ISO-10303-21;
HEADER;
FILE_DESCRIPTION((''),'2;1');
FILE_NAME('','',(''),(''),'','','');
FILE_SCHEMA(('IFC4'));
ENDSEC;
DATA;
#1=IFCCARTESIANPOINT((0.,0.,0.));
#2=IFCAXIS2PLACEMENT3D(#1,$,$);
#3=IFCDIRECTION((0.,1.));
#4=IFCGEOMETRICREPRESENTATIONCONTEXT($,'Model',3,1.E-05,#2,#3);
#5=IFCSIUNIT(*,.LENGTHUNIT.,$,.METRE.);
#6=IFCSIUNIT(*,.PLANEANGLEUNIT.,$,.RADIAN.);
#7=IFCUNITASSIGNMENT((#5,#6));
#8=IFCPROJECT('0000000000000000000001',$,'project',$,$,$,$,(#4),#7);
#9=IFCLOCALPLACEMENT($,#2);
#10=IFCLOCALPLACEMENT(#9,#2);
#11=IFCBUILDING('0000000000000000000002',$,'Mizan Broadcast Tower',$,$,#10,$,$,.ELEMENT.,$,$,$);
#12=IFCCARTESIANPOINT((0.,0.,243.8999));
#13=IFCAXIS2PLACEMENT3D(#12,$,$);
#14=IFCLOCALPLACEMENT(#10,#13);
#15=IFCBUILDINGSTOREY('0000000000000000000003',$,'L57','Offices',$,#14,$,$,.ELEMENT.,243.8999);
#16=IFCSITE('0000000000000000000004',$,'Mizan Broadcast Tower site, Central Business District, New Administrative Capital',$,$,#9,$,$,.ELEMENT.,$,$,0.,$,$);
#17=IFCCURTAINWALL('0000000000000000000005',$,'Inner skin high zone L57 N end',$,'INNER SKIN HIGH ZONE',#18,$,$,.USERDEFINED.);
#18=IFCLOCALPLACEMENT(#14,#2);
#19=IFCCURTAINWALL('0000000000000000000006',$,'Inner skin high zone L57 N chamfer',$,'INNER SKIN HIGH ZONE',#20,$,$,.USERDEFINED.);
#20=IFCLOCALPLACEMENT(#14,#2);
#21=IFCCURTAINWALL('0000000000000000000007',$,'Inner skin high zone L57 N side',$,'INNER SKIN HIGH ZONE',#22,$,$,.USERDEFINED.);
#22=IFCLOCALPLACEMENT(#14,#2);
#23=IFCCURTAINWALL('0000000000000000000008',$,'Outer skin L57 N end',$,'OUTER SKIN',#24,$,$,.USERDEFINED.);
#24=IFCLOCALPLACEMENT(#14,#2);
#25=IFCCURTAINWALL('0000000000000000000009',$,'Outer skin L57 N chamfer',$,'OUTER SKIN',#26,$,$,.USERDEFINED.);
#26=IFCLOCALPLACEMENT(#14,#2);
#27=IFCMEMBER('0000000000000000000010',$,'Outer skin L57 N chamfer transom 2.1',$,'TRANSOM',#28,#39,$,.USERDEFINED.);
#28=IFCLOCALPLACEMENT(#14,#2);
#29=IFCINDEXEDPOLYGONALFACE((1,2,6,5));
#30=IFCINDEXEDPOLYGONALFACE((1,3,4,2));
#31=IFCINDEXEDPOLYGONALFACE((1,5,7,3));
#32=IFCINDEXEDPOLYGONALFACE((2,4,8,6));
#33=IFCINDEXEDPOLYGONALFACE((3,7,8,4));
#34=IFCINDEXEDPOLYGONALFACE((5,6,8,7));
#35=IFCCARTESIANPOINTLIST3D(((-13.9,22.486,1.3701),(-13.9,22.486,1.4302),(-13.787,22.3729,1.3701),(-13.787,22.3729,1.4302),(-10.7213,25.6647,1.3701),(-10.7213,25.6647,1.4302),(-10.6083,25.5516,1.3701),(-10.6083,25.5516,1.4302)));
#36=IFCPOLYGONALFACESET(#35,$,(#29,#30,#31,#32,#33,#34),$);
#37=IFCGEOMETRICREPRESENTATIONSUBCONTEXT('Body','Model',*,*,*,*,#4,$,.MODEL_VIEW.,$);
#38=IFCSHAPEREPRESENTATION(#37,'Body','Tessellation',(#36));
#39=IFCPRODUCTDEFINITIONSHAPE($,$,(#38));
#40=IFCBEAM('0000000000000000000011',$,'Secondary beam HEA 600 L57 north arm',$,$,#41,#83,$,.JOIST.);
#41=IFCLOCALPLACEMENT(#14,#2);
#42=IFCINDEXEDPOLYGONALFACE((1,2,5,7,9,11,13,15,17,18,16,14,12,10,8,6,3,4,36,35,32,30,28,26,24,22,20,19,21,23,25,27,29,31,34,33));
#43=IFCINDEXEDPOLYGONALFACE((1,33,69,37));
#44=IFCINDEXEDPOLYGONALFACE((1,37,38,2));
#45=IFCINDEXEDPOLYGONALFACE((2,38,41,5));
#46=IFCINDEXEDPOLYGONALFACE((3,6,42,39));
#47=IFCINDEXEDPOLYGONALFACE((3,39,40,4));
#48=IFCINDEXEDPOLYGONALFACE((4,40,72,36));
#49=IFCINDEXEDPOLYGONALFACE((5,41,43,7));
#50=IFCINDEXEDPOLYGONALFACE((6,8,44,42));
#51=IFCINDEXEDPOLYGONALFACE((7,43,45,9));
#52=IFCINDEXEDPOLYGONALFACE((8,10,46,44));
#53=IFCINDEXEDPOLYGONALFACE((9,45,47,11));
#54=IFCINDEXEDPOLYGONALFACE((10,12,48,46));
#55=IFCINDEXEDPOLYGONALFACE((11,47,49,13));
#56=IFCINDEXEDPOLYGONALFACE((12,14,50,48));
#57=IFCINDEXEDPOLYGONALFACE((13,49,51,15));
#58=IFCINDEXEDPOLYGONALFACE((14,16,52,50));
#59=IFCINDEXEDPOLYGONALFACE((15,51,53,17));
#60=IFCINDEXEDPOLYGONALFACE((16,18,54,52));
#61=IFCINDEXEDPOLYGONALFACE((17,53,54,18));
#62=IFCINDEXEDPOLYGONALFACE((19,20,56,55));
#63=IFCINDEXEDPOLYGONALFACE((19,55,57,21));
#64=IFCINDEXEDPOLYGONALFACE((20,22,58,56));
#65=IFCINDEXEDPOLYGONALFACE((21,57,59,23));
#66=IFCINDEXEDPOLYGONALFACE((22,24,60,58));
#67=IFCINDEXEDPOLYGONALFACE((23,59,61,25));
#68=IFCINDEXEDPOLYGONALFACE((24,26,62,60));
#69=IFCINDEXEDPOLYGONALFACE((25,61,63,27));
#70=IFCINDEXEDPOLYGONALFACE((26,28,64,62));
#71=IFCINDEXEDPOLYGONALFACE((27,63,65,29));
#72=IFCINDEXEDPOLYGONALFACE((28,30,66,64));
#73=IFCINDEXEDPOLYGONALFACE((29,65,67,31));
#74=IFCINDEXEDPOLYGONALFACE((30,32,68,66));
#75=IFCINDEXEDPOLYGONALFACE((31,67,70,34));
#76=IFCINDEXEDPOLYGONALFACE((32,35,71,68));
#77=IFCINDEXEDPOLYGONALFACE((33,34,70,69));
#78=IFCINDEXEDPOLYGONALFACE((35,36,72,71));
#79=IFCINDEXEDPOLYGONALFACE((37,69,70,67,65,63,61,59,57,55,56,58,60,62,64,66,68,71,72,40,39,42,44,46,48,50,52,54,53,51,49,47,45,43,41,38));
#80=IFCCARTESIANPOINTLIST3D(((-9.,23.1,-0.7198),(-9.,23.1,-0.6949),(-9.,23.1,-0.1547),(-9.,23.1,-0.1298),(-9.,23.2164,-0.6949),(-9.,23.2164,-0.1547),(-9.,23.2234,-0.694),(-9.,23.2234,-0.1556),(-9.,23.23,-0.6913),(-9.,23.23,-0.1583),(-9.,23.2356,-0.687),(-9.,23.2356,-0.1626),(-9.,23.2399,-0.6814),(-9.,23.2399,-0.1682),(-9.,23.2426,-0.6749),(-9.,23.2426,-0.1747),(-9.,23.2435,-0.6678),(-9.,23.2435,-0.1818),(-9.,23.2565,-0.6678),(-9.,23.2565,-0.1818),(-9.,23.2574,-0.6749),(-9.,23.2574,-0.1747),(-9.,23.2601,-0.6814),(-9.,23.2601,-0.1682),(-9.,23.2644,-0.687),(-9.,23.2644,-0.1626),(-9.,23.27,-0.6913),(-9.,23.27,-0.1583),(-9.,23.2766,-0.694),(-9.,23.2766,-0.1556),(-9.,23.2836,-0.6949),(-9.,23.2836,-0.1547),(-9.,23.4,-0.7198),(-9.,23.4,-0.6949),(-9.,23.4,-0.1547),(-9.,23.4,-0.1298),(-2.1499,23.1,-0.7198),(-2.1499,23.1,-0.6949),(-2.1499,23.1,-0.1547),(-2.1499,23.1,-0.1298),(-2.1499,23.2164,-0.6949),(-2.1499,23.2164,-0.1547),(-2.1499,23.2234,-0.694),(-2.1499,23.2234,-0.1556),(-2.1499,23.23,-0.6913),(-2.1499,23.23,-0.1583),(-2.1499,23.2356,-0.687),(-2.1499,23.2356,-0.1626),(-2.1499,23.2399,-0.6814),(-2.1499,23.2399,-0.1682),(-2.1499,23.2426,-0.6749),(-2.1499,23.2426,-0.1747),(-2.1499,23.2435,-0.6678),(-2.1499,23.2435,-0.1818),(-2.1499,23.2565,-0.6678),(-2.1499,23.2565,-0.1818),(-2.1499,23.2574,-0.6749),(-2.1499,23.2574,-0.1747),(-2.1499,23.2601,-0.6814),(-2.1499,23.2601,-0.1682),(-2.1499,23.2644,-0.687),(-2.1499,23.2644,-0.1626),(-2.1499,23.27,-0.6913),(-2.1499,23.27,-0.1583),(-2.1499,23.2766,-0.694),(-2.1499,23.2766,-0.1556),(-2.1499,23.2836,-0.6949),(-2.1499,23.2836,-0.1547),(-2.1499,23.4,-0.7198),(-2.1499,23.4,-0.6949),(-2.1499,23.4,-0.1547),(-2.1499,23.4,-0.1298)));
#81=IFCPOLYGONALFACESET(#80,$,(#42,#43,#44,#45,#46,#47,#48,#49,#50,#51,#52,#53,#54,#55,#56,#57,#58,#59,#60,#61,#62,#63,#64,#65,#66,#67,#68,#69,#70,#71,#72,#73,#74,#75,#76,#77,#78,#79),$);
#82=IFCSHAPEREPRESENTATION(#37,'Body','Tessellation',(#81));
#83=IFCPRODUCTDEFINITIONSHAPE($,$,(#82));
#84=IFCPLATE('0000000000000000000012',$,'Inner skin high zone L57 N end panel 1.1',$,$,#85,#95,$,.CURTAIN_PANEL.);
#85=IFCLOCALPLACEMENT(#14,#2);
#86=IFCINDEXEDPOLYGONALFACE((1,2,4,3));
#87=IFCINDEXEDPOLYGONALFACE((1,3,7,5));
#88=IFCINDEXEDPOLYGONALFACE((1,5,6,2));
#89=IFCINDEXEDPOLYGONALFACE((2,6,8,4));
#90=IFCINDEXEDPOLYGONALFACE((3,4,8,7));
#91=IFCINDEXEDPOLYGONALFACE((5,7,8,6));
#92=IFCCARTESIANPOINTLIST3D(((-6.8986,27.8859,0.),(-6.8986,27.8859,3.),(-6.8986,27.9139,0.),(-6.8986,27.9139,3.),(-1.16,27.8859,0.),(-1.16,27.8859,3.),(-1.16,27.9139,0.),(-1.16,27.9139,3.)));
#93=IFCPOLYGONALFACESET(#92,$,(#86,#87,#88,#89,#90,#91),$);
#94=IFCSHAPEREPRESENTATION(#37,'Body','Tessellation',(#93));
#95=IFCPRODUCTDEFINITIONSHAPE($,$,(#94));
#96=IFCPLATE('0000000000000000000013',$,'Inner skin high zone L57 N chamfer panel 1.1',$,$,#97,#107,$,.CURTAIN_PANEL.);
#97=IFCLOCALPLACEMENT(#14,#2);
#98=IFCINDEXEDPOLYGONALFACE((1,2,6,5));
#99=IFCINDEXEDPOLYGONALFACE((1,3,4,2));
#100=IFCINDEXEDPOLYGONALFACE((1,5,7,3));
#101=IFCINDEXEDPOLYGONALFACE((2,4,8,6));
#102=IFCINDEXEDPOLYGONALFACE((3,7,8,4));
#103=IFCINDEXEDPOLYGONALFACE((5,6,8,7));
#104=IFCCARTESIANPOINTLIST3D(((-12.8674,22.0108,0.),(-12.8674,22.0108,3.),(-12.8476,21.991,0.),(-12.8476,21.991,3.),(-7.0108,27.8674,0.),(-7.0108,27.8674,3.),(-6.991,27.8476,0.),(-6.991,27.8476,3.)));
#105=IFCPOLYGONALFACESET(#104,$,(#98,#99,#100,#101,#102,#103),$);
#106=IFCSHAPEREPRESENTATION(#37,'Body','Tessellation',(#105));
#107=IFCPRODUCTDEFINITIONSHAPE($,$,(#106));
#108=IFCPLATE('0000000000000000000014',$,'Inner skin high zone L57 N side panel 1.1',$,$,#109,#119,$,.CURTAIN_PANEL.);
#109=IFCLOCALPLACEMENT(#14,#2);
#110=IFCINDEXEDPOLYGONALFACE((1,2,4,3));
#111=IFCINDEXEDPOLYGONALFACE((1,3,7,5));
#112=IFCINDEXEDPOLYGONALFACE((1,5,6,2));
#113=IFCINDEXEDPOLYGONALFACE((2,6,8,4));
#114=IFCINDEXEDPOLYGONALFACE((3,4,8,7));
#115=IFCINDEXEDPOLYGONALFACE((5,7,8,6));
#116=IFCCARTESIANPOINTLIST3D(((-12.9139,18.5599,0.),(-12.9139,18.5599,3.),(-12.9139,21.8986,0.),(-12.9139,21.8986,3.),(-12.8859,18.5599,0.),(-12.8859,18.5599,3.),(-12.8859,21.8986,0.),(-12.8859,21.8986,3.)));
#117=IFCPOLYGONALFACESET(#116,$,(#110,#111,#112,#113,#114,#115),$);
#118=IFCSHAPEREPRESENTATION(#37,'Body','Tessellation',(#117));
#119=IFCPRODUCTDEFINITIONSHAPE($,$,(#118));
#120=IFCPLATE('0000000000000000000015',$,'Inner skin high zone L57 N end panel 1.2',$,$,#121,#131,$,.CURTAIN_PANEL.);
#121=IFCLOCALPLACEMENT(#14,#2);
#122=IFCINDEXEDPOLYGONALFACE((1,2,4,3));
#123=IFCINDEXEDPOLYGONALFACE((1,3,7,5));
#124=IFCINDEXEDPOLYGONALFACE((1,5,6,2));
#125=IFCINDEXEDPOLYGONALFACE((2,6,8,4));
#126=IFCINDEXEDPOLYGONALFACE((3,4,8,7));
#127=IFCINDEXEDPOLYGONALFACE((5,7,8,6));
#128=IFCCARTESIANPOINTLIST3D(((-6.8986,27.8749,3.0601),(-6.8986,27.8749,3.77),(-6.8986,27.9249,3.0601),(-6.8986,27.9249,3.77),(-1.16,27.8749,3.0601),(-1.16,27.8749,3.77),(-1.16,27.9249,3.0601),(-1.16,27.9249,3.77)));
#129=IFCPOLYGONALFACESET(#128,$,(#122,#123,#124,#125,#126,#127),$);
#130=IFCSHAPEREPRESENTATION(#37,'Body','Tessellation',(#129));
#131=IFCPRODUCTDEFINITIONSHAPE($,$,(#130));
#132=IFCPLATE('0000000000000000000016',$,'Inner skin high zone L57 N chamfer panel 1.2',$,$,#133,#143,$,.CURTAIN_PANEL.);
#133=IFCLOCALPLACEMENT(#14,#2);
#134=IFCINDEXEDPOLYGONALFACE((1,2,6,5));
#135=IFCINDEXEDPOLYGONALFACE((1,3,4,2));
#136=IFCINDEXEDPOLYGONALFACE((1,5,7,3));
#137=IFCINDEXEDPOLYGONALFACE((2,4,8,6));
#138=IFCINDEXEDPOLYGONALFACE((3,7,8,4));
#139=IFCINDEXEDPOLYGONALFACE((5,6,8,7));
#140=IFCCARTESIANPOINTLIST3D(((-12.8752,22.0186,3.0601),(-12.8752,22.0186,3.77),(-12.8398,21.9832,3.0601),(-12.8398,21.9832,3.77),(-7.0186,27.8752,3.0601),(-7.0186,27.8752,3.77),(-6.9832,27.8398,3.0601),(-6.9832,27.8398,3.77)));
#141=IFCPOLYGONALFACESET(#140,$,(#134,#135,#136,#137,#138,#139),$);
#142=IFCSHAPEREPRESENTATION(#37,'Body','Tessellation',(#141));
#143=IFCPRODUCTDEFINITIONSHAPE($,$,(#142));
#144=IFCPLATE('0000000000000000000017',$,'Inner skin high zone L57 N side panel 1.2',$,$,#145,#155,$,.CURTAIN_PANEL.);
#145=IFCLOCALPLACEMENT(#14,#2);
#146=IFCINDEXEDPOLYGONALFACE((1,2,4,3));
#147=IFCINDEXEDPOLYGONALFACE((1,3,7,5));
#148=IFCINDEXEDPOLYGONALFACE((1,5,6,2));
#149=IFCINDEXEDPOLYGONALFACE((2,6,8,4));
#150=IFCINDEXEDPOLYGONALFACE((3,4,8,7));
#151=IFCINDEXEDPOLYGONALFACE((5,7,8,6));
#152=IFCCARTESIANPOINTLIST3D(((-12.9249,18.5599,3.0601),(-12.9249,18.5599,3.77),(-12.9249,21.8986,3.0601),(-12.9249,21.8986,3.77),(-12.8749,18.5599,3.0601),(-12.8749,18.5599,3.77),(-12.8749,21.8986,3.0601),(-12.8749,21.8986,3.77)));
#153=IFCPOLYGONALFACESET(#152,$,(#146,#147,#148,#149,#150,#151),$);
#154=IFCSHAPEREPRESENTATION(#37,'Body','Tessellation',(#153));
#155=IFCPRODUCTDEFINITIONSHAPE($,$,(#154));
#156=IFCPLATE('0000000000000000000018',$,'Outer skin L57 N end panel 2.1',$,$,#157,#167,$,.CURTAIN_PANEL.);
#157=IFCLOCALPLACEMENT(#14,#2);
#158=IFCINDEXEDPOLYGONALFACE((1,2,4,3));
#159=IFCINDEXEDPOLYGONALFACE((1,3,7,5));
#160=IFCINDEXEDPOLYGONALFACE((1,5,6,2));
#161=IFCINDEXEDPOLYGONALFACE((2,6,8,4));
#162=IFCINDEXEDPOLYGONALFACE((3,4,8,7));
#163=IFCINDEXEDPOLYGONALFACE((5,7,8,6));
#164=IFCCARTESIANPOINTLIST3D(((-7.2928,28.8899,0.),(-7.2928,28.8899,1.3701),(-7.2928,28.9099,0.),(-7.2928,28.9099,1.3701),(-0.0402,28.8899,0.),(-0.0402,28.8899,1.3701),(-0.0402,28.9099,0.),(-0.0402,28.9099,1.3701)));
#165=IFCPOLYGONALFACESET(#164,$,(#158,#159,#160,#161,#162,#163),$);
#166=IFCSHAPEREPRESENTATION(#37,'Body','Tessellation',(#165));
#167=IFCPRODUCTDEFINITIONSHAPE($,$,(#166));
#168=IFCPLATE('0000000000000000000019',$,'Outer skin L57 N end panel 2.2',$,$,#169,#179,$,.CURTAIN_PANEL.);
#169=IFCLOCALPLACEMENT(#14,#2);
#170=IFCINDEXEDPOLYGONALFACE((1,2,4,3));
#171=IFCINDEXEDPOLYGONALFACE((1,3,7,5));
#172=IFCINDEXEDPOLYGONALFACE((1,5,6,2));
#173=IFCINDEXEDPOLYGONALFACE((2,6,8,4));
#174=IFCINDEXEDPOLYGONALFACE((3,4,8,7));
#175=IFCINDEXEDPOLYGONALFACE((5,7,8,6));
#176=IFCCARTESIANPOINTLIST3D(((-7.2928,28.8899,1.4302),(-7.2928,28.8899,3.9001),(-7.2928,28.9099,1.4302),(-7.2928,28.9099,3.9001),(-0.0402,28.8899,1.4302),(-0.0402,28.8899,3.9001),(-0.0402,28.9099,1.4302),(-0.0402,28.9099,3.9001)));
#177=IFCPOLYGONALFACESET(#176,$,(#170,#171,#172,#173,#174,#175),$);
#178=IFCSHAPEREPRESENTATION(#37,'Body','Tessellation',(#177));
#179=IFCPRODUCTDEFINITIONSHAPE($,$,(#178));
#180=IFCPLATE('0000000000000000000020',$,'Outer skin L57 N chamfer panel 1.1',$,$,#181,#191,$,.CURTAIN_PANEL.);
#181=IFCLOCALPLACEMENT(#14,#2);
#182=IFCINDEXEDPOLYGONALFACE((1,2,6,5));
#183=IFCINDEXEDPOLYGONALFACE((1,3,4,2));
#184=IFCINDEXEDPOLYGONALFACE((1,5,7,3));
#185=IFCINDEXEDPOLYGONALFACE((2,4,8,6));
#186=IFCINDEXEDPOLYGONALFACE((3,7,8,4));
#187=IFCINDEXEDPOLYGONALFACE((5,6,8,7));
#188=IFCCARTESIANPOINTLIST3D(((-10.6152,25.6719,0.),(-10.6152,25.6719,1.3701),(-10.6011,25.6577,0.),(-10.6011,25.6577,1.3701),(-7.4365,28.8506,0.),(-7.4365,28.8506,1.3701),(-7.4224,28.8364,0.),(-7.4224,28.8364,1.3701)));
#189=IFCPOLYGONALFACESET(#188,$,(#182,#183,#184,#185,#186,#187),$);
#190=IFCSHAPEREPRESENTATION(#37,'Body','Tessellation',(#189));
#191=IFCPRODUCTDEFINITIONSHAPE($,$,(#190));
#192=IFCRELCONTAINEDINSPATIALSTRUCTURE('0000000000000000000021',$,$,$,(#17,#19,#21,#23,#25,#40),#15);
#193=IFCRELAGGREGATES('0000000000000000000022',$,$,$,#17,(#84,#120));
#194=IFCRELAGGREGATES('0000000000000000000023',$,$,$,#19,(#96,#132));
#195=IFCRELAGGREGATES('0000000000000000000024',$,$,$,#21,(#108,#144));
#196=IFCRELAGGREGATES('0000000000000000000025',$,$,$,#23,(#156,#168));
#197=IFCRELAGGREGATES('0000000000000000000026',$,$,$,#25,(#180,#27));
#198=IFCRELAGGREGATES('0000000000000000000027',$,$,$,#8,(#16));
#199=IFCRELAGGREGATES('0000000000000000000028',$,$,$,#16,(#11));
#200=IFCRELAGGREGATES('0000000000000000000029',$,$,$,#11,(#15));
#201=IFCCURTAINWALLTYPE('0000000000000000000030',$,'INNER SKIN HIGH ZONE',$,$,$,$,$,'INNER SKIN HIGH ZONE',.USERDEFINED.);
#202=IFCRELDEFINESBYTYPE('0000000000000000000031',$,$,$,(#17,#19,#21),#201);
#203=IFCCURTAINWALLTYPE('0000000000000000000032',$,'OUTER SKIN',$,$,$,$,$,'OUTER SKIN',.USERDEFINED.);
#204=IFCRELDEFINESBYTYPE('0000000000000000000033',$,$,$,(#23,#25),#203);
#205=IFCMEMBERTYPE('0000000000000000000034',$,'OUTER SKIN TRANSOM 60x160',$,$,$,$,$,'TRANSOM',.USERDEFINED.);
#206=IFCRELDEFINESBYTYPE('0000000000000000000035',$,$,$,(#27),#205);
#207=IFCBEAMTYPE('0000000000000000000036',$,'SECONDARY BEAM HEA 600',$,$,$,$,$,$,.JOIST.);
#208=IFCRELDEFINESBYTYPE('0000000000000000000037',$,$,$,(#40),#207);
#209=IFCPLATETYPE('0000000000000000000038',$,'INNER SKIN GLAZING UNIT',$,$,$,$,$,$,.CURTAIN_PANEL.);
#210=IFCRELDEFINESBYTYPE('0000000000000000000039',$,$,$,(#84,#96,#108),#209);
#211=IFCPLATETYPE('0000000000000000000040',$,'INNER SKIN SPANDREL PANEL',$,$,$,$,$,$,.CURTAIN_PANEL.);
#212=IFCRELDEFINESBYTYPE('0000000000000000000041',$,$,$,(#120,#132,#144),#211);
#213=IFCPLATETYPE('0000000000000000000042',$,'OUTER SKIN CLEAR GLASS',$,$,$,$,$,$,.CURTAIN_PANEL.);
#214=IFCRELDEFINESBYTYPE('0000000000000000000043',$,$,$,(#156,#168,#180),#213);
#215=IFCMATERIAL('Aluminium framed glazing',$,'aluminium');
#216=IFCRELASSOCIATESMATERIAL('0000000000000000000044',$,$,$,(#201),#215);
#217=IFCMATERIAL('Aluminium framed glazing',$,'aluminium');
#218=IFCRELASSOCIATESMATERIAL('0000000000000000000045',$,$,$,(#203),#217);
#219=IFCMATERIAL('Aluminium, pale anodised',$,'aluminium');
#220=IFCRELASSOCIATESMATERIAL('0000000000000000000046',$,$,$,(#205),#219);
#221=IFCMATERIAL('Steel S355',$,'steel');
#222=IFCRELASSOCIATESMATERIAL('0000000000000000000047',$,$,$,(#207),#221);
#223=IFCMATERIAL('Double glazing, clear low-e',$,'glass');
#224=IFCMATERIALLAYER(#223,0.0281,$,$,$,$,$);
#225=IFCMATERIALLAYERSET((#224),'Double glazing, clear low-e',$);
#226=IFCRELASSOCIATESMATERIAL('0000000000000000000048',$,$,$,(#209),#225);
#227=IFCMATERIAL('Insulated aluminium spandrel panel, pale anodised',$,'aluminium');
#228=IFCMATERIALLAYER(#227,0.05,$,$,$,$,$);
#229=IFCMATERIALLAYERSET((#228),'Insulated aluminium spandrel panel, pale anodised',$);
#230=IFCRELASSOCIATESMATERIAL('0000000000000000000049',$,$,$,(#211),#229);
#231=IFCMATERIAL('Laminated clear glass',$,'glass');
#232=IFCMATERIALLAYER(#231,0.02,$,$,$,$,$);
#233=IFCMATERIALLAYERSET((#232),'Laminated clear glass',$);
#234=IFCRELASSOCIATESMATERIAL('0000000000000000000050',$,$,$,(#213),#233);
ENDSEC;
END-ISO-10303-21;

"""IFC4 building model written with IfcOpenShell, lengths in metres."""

from ifc_helpers import new_model, si_unit, direction, frame, origin, origin_2d, place, context, subcontext, project, spatial, rectangle, i_section, extrude, material, layer, layer_set, material_profile, profile_set, type_object, element, aggregate, save


model = new_model("IFC4")

# Units and contexts
model_context = context("Model", 3, precision=1e-05, world=origin(), true_north=direction((0.0, 1.0)))
body_context = subcontext(model_context, "Body", "Model", "MODEL_VIEW")
ifc_project = project(units=[si_unit("LENGTHUNIT", "METRE"), si_unit("PLANEANGLEUNIT", "RADIAN")], contexts=[model_context])

# Site, building, storey
site_placement = place(None, origin())
site = spatial("IfcSite", under=ifc_project, at=site_placement, Name="Mizan Broadcast Tower site, Central Business District, New Administrative Capital", CompositionType="ELEMENT", RefElevation=0.0)
building_placement = place(site_placement, origin())
building = spatial("IfcBuilding", under=site, at=building_placement, Name="Mizan Broadcast Tower", CompositionType="ELEMENT")
storey_placement = place(building_placement, frame((0.0, 0.0, 243.8999)))
storey = spatial("IfcBuildingStorey", under=building, at=storey_placement, Name="L57", Description="Offices", CompositionType="ELEMENT", Elevation=243.8999)

# Curtain wall
ifc_material_1 = material(Name="Aluminium framed glazing", Category="aluminium")
curtain_wall_type_1 = type_object("IfcCurtainWallType", Name="INNER SKIN HIGH ZONE", ElementType="INNER SKIN HIGH ZONE", PredefinedType="USERDEFINED", material=ifc_material_1)
curtain_wall_1_placement = place(storey_placement, origin())
curtain_wall_1 = element("IfcCurtainWall", 1, at=curtain_wall_1_placement, inside=storey, type_object=curtain_wall_type_1, Name="Inner skin high zone L57 N end", ObjectType="INNER SKIN HIGH ZONE", PredefinedType="USERDEFINED")

# Curtain wall
curtain_wall_2_placement = place(storey_placement, origin())
curtain_wall_2 = element("IfcCurtainWall", 2, at=curtain_wall_2_placement, inside=storey, type_object=curtain_wall_type_1, Name="Inner skin high zone L57 N chamfer", ObjectType="INNER SKIN HIGH ZONE", PredefinedType="USERDEFINED")

# Curtain walls
curtain_wall_3_placement = place(storey_placement, origin())
curtain_wall_3 = element("IfcCurtainWall", 3, at=curtain_wall_3_placement, inside=storey, type_object=curtain_wall_type_1, Name="Inner skin high zone L57 N side", ObjectType="INNER SKIN HIGH ZONE", PredefinedType="USERDEFINED")
ifc_material_2 = material(Name="Aluminium framed glazing", Category="aluminium")
curtain_wall_type_2 = type_object("IfcCurtainWallType", Name="OUTER SKIN", ElementType="OUTER SKIN", PredefinedType="USERDEFINED", material=ifc_material_2)
curtain_wall_4_placement = place(storey_placement, origin())
curtain_wall_4 = element("IfcCurtainWall", 4, at=curtain_wall_4_placement, inside=storey, type_object=curtain_wall_type_2, Name="Outer skin L57 N end", ObjectType="OUTER SKIN", PredefinedType="USERDEFINED")
curtain_wall_5_placement = place(storey_placement, origin())
curtain_wall_5 = element("IfcCurtainWall", 5, at=curtain_wall_5_placement, inside=storey, type_object=curtain_wall_type_2, Name="Outer skin L57 N chamfer", ObjectType="OUTER SKIN", PredefinedType="USERDEFINED")

# Member
ifc_material_3 = material(Name="Aluminium, pale anodised", Category="aluminium")
ifc_material_profile_1 = material_profile(ifc_material_3, rectangle(XDim=0.1599, YDim=0.0601, at=origin_2d()), Name="TRANSOM 160x60")
ifc_profile_set_1 = profile_set([ifc_material_profile_1], Name="Aluminium, pale anodised")
member_type_1 = type_object("IfcMemberType", Name="OUTER SKIN TRANSOM 60x160", ElementType="TRANSOM", PredefinedType="USERDEFINED", material=ifc_profile_set_1)
member_1_placement = place(storey_placement, frame((-10.6648, 25.6082, 1.4001), z_axis=(-0.707107, -0.707107, 0.0), x_axis=(0.707107, -0.707107, 0.0)))
member_1 = element("IfcMember", 6, at=member_1_placement, type_object=member_type_1, Name="Outer skin L57 N chamfer transom 2.1", ObjectType="TRANSOM", PredefinedType="USERDEFINED", context=body_context, shape_type="SweptSolid", body=[
    extrude(rectangle(XDim=0.1599, YDim=0.0601, at=origin_2d()), origin(), (0.0, 0.0, 1.0), 4.4954),
])

# Beam
ifc_material_4 = material(Name="Steel S355", Category="steel")
ifc_material_profile_2 = material_profile(ifc_material_4, i_section(OverallWidth=0.3, OverallDepth=0.5901, WebThickness=0.0129, FlangeThickness=0.0249, FilletRadius=0.0271, at=origin_2d()), Name="HEA 600")
ifc_profile_set_2 = profile_set([ifc_material_profile_2], Name="Steel S355")
beam_type_1 = type_object("IfcBeamType", Name="SECONDARY BEAM HEA 600", PredefinedType="JOIST", material=ifc_profile_set_2)
beam_1_placement = place(storey_placement, frame((-9.0, 23.25, -0.4248), z_axis=(1.0, 0.0, 0.0), x_axis=(0.0, 1.0, 0.0)))
element("IfcBeam", 7, at=beam_1_placement, inside=storey, type_object=beam_type_1, Name="Secondary beam HEA 600 L57 north arm", PredefinedType="JOIST", context=body_context, shape_type="SweptSolid", body=[
    extrude(i_section(OverallWidth=0.3, OverallDepth=0.5901, WebThickness=0.0129, FlangeThickness=0.0249, FilletRadius=0.0271, at=origin_2d()), origin(), (0.0, 0.0, 1.0), 6.8501),
])

# Plates
ifc_material_5 = material(Name="Double glazing, clear low-e", Category="glass")
ifc_layer_1 = layer(ifc_material_5, 0.0281)
ifc_layer_set_1 = layer_set([ifc_layer_1], Name="Double glazing, clear low-e")
plate_type_1 = type_object("IfcPlateType", Name="INNER SKIN GLAZING UNIT", PredefinedType="CURTAIN_PANEL", material=ifc_layer_set_1)
plate_1_placement = place(storey_placement, frame((-4.0293, 27.8999, 0.0), z_axis=(0.0, 0.0, 1.0), x_axis=(-1.0, 0.0, 0.0)))
plate_1 = element("IfcPlate", 8, at=plate_1_placement, type_object=plate_type_1, Name="Inner skin high zone L57 N end panel 1.1", PredefinedType="CURTAIN_PANEL", context=body_context, shape_type="SweptSolid", body=[
    extrude(rectangle(XDim=5.7385, YDim=0.0281, at=origin_2d()), origin(), (0.0, 0.0, 1.0), 3.0),
])
plate_2_placement = place(storey_placement, frame((-9.9292, 24.9292, 0.0), z_axis=(0.0, 0.0, 1.0), x_axis=(-0.707107, -0.707107, 0.0)))
plate_2 = element("IfcPlate", 9, at=plate_2_placement, type_object=plate_type_1, Name="Inner skin high zone L57 N chamfer panel 1.1", PredefinedType="CURTAIN_PANEL", context=body_context, shape_type="SweptSolid", body=[
    extrude(rectangle(XDim=8.2825, YDim=0.0281, at=origin_2d()), origin(), (0.0, 0.0, 1.0), 3.0),
])
plate_3_placement = place(storey_placement, frame((-12.8999, 20.2292, 0.0), z_axis=(0.0, 0.0, 1.0), x_axis=(0.0, -1.0, 0.0)))
plate_3 = element("IfcPlate", 10, at=plate_3_placement, type_object=plate_type_1, Name="Inner skin high zone L57 N side panel 1.1", PredefinedType="CURTAIN_PANEL", context=body_context, shape_type="SweptSolid", body=[
    extrude(rectangle(XDim=3.3386, YDim=0.0281, at=origin_2d()), origin(), (0.0, 0.0, 1.0), 3.0),
])
ifc_material_6 = material(Name="Insulated aluminium spandrel panel, pale anodised", Category="aluminium")
ifc_layer_2 = layer(ifc_material_6, 0.05)
ifc_layer_set_2 = layer_set([ifc_layer_2], Name="Insulated aluminium spandrel panel, pale anodised")
plate_type_2 = type_object("IfcPlateType", Name="INNER SKIN SPANDREL PANEL", PredefinedType="CURTAIN_PANEL", material=ifc_layer_set_2)
plate_4_placement = place(storey_placement, frame((-4.0293, 27.8999, 3.0601), z_axis=(0.0, 0.0, 1.0), x_axis=(-1.0, 0.0, 0.0)))
plate_4 = element("IfcPlate", 11, at=plate_4_placement, type_object=plate_type_2, Name="Inner skin high zone L57 N end panel 1.2", PredefinedType="CURTAIN_PANEL", context=body_context, shape_type="SweptSolid", body=[
    extrude(rectangle(XDim=5.7385, YDim=0.05, at=origin_2d()), origin(), (0.0, 0.0, 1.0), 0.71),
])
aggregate(curtain_wall_1, [plate_1, plate_4])
plate_5_placement = place(storey_placement, frame((-9.9292, 24.9292, 3.0601), z_axis=(0.0, 0.0, 1.0), x_axis=(-0.707107, -0.707107, 0.0)))
plate_5 = element("IfcPlate", 12, at=plate_5_placement, type_object=plate_type_2, Name="Inner skin high zone L57 N chamfer panel 1.2", PredefinedType="CURTAIN_PANEL", context=body_context, shape_type="SweptSolid", body=[
    extrude(rectangle(XDim=8.2825, YDim=0.05, at=origin_2d()), origin(), (0.0, 0.0, 1.0), 0.71),
])
aggregate(curtain_wall_2, [plate_2, plate_5])
plate_6_placement = place(storey_placement, frame((-12.8999, 20.2292, 3.0601), z_axis=(0.0, 0.0, 1.0), x_axis=(0.0, -1.0, 0.0)))
plate_6 = element("IfcPlate", 13, at=plate_6_placement, type_object=plate_type_2, Name="Inner skin high zone L57 N side panel 1.2", PredefinedType="CURTAIN_PANEL", context=body_context, shape_type="SweptSolid", body=[
    extrude(rectangle(XDim=3.3386, YDim=0.05, at=origin_2d()), origin(), (0.0, 0.0, 1.0), 0.71),
])
aggregate(curtain_wall_3, [plate_3, plate_6])
ifc_material_7 = material(Name="Laminated clear glass", Category="glass")
ifc_layer_3 = layer(ifc_material_7, 0.02)
ifc_layer_set_3 = layer_set([ifc_layer_3], Name="Laminated clear glass")
plate_type_3 = type_object("IfcPlateType", Name="OUTER SKIN CLEAR GLASS", PredefinedType="CURTAIN_PANEL", material=ifc_layer_set_3)
plate_7_placement = place(storey_placement, frame((-3.6665, 28.8999, 0.0), z_axis=(0.0, 0.0, 1.0), x_axis=(-1.0, 0.0, 0.0)))
plate_7 = element("IfcPlate", 14, at=plate_7_placement, type_object=plate_type_3, Name="Outer skin L57 N end panel 2.1", PredefinedType="CURTAIN_PANEL", context=body_context, shape_type="SweptSolid", body=[
    extrude(rectangle(XDim=7.2527, YDim=0.02, at=origin_2d()), origin(), (0.0, 0.0, 1.0), 1.3701),
])
plate_8_placement = place(storey_placement, frame((-3.6665, 28.8999, 1.4302), z_axis=(0.0, 0.0, 1.0), x_axis=(-1.0, 0.0, 0.0)))
plate_8 = element("IfcPlate", 15, at=plate_8_placement, type_object=plate_type_3, Name="Outer skin L57 N end panel 2.2", PredefinedType="CURTAIN_PANEL", context=body_context, shape_type="SweptSolid", body=[
    extrude(rectangle(XDim=7.2527, YDim=0.02, at=origin_2d()), origin(), (0.0, 0.0, 1.0), 2.47),
])
aggregate(curtain_wall_4, [plate_7, plate_8])
plate_9_placement = place(storey_placement, frame((-9.0188, 27.2542, 0.0), z_axis=(0.0, 0.0, 1.0), x_axis=(-0.707107, -0.707107, 0.0)))
plate_9 = element("IfcPlate", 16, at=plate_9_placement, type_object=plate_type_3, Name="Outer skin L57 N chamfer panel 1.1", PredefinedType="CURTAIN_PANEL", context=body_context, shape_type="SweptSolid", body=[
    extrude(rectangle(XDim=4.4954, YDim=0.02, at=origin_2d()), origin(), (0.0, 0.0, 1.0), 1.3701),
])
aggregate(curtain_wall_5, [plate_9, member_1])

save(model, "model.ifc")
